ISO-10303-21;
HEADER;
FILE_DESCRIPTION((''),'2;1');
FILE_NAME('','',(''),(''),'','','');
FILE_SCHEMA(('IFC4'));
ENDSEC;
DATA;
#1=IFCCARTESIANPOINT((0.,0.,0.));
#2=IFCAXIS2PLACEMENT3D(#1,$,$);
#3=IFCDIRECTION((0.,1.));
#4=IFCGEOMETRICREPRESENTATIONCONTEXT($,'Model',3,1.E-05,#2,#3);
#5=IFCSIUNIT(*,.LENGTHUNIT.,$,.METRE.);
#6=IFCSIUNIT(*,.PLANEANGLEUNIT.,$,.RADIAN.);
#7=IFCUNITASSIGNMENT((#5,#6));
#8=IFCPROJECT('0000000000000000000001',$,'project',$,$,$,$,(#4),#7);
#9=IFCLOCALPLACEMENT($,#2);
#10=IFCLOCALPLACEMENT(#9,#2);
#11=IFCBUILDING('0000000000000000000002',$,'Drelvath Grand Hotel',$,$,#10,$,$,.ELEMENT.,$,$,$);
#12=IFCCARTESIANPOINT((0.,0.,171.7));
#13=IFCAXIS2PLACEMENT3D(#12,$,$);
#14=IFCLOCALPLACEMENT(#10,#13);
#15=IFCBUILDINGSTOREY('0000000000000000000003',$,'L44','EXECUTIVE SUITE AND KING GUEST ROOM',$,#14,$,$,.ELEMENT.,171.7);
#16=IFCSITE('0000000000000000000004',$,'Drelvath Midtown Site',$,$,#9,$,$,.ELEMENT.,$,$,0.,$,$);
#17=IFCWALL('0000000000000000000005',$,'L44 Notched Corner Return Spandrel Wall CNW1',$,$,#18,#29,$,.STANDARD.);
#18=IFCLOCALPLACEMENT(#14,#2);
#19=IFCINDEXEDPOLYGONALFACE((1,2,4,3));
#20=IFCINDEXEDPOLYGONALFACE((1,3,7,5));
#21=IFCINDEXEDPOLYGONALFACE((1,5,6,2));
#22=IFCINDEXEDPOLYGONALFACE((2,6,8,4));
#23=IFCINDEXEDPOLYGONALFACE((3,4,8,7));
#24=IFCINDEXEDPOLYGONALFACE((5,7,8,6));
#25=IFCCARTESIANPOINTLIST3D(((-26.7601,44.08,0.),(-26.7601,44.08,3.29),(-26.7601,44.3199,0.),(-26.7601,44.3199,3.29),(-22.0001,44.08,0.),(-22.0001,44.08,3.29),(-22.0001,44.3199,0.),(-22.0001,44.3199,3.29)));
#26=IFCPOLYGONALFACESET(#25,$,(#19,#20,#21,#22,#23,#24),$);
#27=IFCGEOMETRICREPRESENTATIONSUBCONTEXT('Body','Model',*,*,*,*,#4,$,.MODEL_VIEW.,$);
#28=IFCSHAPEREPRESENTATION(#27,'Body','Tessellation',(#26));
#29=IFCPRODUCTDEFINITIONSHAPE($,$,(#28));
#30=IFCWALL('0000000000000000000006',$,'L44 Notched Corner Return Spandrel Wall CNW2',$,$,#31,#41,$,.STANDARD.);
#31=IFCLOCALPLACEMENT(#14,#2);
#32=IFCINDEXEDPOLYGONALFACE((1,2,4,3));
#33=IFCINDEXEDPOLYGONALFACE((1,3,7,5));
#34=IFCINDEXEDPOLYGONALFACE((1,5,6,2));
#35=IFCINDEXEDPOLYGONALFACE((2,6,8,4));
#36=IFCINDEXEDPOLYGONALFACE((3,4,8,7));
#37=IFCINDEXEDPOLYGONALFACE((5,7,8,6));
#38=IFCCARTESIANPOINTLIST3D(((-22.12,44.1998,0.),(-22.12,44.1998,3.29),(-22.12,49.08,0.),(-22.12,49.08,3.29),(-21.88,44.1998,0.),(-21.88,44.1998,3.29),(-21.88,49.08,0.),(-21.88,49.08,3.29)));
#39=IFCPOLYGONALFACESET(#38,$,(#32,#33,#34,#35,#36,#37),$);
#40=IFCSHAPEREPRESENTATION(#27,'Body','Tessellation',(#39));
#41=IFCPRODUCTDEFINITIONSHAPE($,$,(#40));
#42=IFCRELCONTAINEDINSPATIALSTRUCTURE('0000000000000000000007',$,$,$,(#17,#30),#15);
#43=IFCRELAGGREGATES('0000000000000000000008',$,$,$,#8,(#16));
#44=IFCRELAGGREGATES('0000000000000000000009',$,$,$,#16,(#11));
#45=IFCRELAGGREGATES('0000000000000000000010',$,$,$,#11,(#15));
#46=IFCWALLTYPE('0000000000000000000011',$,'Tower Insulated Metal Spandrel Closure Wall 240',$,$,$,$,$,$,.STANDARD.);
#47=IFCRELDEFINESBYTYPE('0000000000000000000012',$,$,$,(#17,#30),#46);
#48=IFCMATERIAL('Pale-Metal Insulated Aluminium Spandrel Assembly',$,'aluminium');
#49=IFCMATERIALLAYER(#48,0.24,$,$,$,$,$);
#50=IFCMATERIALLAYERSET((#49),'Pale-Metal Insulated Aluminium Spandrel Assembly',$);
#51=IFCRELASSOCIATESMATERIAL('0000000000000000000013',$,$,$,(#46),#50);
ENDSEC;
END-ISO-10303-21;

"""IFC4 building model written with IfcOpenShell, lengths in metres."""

from ifc_helpers import new_model, si_unit, direction, frame, frame_2d, origin, place, context, subcontext, project, spatial, rectangle, extrude, material, layer, layer_set, type_object, element, save


model = new_model("IFC4")

# Units and contexts
model_context = context("Model", 3, precision=1e-05, world=origin(), true_north=direction((0.0, 1.0)))
body_context = subcontext(model_context, "Body", "Model", "MODEL_VIEW")
ifc_project = project(units=[si_unit("LENGTHUNIT", "METRE"), si_unit("PLANEANGLEUNIT", "RADIAN")], contexts=[model_context])

# Site, building, storey
site_placement = place(None, origin())
site = spatial("IfcSite", under=ifc_project, at=site_placement, Name="Drelvath Midtown Site", CompositionType="ELEMENT", RefElevation=0.0)
building_placement = place(site_placement, origin())
building = spatial("IfcBuilding", under=site, at=building_placement, Name="Drelvath Grand Hotel", CompositionType="ELEMENT")
storey_placement = place(building_placement, frame((0.0, 0.0, 171.7)))
storey = spatial("IfcBuildingStorey", under=building, at=storey_placement, Name="L44", Description="EXECUTIVE SUITE AND KING GUEST ROOM", CompositionType="ELEMENT", Elevation=171.7)

# Walls
ifc_material_1 = material(Name="Pale-Metal Insulated Aluminium Spandrel Assembly", Category="aluminium")
ifc_layer_1 = layer(ifc_material_1, 0.24)
ifc_layer_set_1 = layer_set([ifc_layer_1], Name="Pale-Metal Insulated Aluminium Spandrel Assembly")
wall_type_1 = type_object("IfcWallType", Name="Tower Insulated Metal Spandrel Closure Wall 240", PredefinedType="STANDARD", material=ifc_layer_set_1)
wall_1_placement = place(storey_placement, frame((-26.76, 44.2, 0.0), z_axis=(0.0, 0.0, 1.0), x_axis=(1.0, 0.0, 0.0)))
element("IfcWall", 1, at=wall_1_placement, inside=storey, type_object=wall_type_1, Name="L44 Notched Corner Return Spandrel Wall CNW1", PredefinedType="STANDARD", context=body_context, shape_type="SweptSolid", body=[
    extrude(rectangle(XDim=4.76, YDim=0.24, at=frame_2d((2.3799, 0.0))), origin(), (0.0, 0.0, 1.0), 3.29),
])
wall_2_placement = place(storey_placement, frame((-22.0, 44.2, 0.0), z_axis=(0.0, 0.0, 1.0), x_axis=(0.0, 1.0, 0.0)))
element("IfcWall", 2, at=wall_2_placement, inside=storey, type_object=wall_type_1, Name="L44 Notched Corner Return Spandrel Wall CNW2", PredefinedType="STANDARD", context=body_context, shape_type="SweptSolid", body=[
    extrude(rectangle(XDim=4.8801, YDim=0.24, at=frame_2d((2.4399, 0.0))), origin(), (0.0, 0.0, 1.0), 3.29),
])

save(model, "model.ifc")
